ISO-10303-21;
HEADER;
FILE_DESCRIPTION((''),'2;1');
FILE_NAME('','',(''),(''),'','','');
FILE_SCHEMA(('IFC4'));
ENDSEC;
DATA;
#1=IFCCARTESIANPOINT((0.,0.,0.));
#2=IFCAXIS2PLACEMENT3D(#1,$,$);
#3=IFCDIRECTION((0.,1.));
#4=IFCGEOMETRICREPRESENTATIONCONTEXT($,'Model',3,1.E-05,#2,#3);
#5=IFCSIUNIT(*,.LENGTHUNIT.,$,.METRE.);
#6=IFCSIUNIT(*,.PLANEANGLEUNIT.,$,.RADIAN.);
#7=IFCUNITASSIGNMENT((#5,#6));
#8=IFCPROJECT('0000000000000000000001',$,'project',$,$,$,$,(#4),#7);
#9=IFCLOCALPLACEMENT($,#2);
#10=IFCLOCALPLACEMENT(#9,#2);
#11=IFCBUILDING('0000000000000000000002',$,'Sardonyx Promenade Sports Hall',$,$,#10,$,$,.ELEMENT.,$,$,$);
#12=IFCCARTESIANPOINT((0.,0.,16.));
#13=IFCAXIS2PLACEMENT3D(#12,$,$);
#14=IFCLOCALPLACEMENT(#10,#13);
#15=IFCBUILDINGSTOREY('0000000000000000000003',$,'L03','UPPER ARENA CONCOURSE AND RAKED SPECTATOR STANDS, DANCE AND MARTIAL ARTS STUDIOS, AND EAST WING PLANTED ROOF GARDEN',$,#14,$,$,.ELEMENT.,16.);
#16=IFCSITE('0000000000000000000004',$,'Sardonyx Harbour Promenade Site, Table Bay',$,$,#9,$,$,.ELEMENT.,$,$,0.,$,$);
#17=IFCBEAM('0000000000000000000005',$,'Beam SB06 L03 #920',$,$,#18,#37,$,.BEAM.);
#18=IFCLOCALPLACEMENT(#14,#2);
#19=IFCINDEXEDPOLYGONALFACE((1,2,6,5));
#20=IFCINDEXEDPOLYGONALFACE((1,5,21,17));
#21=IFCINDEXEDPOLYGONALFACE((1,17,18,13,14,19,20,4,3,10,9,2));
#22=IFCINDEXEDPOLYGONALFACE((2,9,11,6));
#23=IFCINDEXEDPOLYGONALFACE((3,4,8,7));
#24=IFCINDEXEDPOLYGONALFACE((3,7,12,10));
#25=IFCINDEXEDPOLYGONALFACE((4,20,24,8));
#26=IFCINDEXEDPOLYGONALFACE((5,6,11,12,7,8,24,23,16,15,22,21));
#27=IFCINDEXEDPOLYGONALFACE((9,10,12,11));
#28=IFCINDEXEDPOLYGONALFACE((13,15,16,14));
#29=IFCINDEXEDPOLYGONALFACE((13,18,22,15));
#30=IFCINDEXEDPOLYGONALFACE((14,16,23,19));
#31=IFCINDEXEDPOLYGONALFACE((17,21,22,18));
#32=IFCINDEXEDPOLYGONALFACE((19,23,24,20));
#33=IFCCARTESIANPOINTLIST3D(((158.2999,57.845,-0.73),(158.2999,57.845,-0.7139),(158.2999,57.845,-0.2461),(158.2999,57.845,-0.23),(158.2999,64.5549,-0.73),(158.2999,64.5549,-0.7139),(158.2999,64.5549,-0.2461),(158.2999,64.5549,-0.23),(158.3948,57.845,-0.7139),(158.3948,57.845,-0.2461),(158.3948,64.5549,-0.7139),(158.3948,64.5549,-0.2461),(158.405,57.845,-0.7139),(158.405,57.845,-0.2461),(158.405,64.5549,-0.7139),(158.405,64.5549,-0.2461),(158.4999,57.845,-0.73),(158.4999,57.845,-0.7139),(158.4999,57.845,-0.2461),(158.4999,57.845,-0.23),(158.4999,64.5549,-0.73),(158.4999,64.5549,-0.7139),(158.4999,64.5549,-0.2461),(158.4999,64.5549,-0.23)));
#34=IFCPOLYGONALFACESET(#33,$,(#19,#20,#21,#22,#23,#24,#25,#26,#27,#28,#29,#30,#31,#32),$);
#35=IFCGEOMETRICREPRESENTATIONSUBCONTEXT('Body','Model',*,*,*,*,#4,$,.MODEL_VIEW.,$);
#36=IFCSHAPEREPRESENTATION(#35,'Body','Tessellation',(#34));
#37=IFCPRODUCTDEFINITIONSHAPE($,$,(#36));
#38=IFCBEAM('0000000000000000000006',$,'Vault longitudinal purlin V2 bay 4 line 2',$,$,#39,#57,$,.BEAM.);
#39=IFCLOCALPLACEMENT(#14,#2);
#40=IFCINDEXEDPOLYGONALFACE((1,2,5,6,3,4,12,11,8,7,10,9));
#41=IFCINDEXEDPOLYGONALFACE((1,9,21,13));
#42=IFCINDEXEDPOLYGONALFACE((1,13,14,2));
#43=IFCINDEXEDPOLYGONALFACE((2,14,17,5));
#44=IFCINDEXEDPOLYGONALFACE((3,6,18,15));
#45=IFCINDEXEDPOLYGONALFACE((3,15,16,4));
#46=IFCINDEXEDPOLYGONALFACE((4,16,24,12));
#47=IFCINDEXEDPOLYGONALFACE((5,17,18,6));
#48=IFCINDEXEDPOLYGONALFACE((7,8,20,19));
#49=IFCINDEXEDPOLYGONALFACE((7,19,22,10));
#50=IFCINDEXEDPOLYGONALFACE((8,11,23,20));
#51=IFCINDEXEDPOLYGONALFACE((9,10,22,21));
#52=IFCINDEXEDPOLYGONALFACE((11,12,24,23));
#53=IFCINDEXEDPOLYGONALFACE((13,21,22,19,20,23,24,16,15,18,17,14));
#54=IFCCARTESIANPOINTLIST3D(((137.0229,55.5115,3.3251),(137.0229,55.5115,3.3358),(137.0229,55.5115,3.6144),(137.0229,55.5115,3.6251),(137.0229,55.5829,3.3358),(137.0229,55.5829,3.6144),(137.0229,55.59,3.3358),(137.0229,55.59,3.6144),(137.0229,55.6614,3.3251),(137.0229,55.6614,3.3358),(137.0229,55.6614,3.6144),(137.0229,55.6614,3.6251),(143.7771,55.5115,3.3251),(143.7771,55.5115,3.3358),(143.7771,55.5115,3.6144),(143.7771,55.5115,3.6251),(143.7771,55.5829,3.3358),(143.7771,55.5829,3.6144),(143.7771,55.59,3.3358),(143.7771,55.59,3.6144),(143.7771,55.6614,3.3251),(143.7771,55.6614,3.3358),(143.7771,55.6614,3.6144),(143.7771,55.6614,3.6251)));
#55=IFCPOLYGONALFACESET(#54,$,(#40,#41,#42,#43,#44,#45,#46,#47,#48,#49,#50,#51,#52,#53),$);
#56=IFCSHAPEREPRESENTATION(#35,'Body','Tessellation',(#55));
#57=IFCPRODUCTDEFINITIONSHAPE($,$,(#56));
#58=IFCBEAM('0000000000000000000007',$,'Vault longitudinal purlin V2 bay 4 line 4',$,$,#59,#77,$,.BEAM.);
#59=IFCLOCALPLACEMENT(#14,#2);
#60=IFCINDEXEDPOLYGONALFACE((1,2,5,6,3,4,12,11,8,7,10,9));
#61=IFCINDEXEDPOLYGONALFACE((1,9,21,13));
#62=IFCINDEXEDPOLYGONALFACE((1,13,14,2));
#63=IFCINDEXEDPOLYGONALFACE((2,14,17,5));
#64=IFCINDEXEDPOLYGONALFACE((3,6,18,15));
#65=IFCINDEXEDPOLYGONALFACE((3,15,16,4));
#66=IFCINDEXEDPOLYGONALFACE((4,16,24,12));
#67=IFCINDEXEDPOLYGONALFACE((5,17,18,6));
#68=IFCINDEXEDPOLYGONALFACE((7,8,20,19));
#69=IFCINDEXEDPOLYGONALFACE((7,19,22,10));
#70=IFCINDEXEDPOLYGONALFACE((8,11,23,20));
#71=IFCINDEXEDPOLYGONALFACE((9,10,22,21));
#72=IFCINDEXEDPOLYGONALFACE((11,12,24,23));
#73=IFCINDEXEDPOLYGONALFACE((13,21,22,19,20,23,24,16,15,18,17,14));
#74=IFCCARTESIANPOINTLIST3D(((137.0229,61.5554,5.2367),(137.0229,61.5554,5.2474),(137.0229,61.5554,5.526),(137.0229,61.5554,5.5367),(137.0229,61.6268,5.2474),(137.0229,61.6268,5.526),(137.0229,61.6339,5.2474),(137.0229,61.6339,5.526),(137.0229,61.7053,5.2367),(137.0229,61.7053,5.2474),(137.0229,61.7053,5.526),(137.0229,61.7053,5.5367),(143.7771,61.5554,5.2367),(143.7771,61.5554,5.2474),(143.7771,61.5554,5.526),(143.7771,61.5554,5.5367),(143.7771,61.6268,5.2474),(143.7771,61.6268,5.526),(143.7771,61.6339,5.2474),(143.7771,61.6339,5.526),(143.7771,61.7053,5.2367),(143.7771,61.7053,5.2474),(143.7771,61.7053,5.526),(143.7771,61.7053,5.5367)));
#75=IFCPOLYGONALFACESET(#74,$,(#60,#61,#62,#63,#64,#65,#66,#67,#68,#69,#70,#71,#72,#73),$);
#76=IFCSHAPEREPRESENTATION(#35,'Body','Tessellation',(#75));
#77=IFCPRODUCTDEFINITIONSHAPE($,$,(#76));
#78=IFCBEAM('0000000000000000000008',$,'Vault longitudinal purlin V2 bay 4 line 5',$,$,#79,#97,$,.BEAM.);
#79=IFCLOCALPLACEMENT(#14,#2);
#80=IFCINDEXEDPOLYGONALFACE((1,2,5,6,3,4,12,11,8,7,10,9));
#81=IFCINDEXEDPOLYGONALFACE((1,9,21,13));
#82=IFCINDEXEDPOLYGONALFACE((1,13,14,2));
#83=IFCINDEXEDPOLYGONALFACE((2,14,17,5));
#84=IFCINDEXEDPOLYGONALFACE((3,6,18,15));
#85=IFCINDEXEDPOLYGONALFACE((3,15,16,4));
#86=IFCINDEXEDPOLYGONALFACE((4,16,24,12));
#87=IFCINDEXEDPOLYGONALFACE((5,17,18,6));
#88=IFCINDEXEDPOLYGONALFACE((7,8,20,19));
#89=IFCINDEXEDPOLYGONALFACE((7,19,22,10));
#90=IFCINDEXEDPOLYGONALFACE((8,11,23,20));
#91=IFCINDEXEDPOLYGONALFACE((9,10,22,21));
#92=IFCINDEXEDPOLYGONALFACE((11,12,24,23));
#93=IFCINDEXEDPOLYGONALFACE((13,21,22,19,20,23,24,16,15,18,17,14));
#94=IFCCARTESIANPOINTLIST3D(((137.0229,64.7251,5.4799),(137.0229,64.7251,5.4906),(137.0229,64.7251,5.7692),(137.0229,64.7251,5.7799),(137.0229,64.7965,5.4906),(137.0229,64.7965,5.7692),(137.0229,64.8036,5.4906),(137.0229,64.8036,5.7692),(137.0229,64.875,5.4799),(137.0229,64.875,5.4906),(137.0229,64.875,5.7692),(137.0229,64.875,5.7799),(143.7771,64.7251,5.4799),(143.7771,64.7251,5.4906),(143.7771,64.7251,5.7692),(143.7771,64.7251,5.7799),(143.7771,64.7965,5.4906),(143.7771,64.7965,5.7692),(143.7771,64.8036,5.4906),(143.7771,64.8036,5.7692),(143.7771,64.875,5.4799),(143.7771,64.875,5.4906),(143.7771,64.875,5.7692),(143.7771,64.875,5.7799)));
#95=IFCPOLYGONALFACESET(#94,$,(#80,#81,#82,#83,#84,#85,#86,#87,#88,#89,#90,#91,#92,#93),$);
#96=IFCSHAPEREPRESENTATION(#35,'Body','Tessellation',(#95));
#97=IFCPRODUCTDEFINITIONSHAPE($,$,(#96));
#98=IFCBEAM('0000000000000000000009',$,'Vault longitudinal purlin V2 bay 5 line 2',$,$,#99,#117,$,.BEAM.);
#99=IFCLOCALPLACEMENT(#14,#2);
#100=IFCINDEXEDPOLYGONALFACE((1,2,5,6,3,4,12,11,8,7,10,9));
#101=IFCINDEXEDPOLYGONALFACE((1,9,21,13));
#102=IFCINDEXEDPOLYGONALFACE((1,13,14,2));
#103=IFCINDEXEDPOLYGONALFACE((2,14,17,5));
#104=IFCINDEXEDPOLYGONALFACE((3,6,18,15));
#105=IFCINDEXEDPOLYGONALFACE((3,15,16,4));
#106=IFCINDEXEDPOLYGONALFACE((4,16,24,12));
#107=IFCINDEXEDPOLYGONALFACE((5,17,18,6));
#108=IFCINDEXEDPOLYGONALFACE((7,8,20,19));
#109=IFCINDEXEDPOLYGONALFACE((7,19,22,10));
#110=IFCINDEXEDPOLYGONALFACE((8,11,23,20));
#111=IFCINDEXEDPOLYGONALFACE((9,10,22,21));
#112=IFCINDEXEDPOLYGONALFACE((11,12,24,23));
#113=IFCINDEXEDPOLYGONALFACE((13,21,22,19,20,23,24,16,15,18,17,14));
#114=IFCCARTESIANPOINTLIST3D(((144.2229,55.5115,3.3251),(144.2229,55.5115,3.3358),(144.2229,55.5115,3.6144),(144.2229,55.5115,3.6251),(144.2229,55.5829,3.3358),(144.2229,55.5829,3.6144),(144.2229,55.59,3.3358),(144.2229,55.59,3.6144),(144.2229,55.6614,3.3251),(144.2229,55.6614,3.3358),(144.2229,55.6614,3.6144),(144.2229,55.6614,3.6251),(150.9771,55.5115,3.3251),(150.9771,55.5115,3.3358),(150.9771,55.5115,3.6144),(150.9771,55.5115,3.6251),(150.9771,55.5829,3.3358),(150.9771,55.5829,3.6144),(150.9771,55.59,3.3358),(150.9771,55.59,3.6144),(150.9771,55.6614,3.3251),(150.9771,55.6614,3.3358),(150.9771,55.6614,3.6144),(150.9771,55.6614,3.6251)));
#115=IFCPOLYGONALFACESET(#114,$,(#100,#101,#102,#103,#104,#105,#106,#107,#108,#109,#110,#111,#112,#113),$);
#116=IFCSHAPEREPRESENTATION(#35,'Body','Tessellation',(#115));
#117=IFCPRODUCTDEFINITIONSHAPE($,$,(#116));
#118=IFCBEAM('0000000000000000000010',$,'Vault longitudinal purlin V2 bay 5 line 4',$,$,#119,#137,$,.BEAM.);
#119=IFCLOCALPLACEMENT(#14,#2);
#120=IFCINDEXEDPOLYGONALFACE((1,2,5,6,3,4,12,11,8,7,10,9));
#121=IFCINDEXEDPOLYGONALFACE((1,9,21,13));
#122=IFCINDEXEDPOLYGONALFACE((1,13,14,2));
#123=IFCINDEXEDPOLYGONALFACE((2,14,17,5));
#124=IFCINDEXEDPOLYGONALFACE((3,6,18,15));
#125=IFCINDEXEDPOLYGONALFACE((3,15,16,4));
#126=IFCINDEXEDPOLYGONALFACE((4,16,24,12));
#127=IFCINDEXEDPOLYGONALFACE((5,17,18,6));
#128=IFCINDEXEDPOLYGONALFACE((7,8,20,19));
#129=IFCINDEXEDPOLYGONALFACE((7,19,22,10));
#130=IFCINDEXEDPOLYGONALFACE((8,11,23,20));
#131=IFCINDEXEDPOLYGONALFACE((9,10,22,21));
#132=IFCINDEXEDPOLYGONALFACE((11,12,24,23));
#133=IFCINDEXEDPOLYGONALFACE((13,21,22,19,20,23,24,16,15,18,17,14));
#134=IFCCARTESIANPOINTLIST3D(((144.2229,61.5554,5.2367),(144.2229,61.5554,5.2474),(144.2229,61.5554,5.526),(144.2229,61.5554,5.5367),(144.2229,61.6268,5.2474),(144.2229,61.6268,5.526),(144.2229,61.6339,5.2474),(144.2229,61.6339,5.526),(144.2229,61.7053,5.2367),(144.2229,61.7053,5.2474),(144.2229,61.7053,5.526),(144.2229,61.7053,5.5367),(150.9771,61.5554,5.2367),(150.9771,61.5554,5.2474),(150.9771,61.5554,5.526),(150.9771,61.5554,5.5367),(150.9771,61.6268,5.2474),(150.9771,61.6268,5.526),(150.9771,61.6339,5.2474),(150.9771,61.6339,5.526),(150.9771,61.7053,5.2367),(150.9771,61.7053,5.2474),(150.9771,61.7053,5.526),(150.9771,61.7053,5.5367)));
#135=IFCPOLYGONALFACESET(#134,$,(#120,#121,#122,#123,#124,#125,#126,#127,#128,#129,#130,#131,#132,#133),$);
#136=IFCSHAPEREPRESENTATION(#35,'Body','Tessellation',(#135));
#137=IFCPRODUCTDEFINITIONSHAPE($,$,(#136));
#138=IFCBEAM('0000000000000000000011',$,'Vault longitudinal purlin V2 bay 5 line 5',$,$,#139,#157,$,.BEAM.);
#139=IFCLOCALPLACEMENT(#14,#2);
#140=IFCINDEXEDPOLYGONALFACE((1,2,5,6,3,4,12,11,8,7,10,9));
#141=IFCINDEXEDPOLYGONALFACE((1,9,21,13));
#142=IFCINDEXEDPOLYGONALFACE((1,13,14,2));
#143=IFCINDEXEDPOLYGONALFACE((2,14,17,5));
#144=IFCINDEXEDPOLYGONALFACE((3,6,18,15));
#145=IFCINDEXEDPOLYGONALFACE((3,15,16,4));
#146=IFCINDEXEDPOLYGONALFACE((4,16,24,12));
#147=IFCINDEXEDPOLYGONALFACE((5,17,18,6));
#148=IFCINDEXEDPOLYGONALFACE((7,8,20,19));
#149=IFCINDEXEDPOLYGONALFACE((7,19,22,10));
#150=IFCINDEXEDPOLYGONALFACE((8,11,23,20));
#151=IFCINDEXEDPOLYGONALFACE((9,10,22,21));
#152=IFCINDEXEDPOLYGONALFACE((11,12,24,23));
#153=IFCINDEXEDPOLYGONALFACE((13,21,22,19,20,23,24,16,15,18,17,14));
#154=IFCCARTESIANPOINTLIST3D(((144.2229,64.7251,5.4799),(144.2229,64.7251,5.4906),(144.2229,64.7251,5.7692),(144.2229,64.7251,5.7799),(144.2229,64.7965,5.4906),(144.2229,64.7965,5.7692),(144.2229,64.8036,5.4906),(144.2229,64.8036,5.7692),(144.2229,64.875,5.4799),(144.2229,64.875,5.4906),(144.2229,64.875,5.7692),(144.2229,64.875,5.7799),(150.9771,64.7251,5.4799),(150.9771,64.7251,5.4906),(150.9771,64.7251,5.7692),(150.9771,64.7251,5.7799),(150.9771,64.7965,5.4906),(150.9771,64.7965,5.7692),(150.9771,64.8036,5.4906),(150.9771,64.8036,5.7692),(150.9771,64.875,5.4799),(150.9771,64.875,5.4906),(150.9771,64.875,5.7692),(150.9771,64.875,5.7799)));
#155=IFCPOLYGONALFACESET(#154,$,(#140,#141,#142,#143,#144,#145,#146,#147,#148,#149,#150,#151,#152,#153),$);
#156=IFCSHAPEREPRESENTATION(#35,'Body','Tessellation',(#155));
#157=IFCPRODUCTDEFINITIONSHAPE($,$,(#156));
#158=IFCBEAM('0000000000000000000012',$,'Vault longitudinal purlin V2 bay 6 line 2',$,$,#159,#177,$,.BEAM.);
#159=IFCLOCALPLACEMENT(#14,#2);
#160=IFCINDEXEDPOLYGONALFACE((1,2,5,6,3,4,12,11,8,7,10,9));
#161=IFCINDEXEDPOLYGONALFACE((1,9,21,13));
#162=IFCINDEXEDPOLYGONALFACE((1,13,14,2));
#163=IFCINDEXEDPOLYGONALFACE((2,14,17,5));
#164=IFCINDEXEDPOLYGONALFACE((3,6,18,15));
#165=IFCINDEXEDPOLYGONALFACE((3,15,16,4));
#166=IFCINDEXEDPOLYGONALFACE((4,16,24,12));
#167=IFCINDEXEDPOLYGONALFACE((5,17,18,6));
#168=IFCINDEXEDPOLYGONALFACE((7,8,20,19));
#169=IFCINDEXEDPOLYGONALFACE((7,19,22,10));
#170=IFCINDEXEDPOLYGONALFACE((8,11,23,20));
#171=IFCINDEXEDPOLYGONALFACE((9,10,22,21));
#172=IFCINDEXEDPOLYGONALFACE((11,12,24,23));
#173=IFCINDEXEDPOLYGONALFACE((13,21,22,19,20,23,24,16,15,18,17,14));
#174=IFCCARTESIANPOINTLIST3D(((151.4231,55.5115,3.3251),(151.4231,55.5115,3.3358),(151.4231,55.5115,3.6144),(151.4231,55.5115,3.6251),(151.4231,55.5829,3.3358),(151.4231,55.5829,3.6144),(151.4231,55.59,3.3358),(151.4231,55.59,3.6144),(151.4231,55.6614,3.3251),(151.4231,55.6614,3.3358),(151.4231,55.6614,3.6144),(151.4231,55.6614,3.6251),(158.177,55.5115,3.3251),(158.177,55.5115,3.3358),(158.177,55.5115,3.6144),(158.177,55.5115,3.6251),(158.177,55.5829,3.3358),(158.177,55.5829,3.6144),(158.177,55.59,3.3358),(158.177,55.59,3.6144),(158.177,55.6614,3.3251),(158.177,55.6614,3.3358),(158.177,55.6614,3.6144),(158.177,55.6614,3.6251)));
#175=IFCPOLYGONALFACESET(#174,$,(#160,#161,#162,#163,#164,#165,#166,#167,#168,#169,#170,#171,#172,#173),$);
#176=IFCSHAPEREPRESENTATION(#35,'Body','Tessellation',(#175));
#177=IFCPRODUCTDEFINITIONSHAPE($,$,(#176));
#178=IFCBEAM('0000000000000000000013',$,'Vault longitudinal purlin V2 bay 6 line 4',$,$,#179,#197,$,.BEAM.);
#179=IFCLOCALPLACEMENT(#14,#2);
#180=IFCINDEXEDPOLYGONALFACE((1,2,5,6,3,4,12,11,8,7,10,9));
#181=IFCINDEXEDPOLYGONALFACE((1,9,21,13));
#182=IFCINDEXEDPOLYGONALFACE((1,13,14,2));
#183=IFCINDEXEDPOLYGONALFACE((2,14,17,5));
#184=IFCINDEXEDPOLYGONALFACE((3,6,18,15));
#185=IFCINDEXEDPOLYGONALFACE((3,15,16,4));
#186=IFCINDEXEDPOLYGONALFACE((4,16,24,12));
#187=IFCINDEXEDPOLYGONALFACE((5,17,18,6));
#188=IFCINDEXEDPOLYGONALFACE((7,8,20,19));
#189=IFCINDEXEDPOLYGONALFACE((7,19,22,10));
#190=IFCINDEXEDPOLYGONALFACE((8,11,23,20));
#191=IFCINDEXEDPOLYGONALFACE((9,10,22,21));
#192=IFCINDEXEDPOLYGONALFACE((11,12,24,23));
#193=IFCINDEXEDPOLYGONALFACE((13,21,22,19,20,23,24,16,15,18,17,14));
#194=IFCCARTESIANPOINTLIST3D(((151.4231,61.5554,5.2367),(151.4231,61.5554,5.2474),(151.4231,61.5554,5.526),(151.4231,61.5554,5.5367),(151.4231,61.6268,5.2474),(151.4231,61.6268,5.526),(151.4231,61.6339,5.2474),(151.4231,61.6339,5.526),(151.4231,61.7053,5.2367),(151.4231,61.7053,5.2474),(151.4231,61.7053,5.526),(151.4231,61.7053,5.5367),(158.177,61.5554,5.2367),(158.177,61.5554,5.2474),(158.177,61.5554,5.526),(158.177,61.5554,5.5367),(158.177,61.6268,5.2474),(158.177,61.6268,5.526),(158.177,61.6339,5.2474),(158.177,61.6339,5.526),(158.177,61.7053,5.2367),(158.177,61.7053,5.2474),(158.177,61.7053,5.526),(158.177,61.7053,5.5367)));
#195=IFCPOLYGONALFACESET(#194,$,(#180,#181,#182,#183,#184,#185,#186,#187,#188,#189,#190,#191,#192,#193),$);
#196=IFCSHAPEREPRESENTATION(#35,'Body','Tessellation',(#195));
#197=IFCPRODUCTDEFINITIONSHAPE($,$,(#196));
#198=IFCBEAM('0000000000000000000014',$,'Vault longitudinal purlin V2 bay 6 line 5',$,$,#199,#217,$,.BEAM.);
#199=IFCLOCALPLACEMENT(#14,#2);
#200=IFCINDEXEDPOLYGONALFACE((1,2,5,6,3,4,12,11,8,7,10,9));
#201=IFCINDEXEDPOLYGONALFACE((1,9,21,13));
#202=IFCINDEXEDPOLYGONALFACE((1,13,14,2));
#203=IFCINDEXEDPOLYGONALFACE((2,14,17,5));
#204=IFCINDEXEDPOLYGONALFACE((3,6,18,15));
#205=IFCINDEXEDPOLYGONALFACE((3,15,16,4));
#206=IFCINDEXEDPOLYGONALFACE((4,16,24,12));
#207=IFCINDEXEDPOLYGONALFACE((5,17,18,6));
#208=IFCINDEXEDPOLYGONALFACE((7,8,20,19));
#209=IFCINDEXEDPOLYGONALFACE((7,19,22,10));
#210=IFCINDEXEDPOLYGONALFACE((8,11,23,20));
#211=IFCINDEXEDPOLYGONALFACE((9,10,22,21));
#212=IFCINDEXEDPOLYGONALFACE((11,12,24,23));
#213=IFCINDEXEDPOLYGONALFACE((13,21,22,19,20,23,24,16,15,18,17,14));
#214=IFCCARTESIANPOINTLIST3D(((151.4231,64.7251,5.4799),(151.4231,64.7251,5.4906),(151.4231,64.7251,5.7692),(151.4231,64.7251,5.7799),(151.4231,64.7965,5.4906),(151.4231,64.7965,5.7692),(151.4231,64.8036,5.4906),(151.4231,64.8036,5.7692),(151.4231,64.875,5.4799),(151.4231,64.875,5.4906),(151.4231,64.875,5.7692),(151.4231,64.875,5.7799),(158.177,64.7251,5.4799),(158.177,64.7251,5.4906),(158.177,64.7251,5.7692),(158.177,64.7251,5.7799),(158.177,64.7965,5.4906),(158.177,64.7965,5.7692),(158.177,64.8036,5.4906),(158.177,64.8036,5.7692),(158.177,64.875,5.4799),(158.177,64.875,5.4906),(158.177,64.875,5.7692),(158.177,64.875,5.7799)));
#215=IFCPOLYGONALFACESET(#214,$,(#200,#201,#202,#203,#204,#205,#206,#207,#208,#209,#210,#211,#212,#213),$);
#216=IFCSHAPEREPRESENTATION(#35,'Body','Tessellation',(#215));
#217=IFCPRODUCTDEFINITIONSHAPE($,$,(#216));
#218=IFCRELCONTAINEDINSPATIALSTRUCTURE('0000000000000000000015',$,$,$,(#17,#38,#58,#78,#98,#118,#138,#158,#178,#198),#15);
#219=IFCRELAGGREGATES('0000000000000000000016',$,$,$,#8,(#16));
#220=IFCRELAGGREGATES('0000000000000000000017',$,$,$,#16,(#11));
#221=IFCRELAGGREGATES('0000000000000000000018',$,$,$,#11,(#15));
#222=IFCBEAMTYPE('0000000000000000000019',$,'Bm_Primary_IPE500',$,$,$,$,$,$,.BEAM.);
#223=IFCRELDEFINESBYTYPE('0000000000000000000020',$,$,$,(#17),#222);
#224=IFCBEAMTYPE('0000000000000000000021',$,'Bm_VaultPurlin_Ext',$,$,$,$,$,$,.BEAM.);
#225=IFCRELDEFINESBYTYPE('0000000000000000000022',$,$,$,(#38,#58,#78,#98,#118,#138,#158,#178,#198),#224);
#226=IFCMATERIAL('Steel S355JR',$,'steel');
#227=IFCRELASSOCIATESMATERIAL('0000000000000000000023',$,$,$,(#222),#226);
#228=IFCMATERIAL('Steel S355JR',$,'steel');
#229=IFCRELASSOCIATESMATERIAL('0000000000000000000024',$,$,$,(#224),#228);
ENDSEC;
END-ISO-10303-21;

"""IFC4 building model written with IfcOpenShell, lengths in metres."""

from ifc_helpers import new_model, si_unit, direction, frame, origin, origin_2d, place, context, subcontext, project, spatial, i_section, extrude, material, material_profile, profile_set, type_object, element, save


model = new_model("IFC4")

# Units and contexts
model_context = context("Model", 3, precision=1e-05, world=origin(), true_north=direction((0.0, 1.0)))
body_context = subcontext(model_context, "Body", "Model", "MODEL_VIEW")
ifc_project = project(units=[si_unit("LENGTHUNIT", "METRE"), si_unit("PLANEANGLEUNIT", "RADIAN")], contexts=[model_context])

# Site, building, storey
site_placement = place(None, origin())
site = spatial("IfcSite", under=ifc_project, at=site_placement, Name="Sardonyx Harbour Promenade Site, Table Bay", CompositionType="ELEMENT", RefElevation=0.0)
building_placement = place(site_placement, origin())
building = spatial("IfcBuilding", under=site, at=building_placement, Name="Sardonyx Promenade Sports Hall", CompositionType="ELEMENT")
storey_placement = place(building_placement, frame((0.0, 0.0, 16.0)))
storey = spatial("IfcBuildingStorey", under=building, at=storey_placement, Name="L03", Description="UPPER ARENA CONCOURSE AND RAKED SPECTATOR STANDS, DANCE AND MARTIAL ARTS STUDIOS, AND EAST WING PLANTED ROOF GARDEN", CompositionType="ELEMENT", Elevation=16.0)

# Beams
ifc_material_1 = material(Name="Steel S355JR", Category="steel")
ifc_material_profile_1 = material_profile(ifc_material_1, i_section(OverallWidth=0.2, OverallDepth=0.5, WebThickness=0.0103, FlangeThickness=0.0161, at=origin_2d()))
ifc_profile_set_1 = profile_set([ifc_material_profile_1], Name="Steel S355JR")
beam_type_1 = type_object("IfcBeamType", Name="Bm_Primary_IPE500", PredefinedType="BEAM", material=ifc_profile_set_1)
beam_1_placement = place(storey_placement, frame((158.3999, 57.845, -0.48), z_axis=(0.0, 1.0, 0.0), x_axis=(-1.0, 0.0, 0.0)))
element("IfcBeam", 1, at=beam_1_placement, inside=storey, type_object=beam_type_1, Name="Beam SB06 L03 #920", PredefinedType="BEAM", context=body_context, shape_type="SweptSolid", body=[
    extrude(i_section(OverallWidth=0.2, OverallDepth=0.5, WebThickness=0.0103, FlangeThickness=0.0161, at=origin_2d()), origin(), (0.0, 0.0, 1.0), 6.71),
])
ifc_material_2 = material(Name="Steel S355JR", Category="steel")
ifc_material_profile_2 = material_profile(ifc_material_2, i_section(OverallWidth=0.1499, OverallDepth=0.3, WebThickness=0.0071, FlangeThickness=0.0107, at=origin_2d()))
ifc_profile_set_2 = profile_set([ifc_material_profile_2], Name="Steel S355JR")
beam_type_2 = type_object("IfcBeamType", Name="Bm_VaultPurlin_Ext", PredefinedType="BEAM", material=ifc_profile_set_2)
for number, where, z_axis, x_axis, name in (
    (2, (137.0229, 55.5864, 3.4751), (1.0, 0.0, 0.0), (0.0, 1.0, 0.0), "Vault longitudinal purlin V2 bay 4 line 2"),
    (3, (137.0229, 61.6304, 5.3867), (1.0, 0.0, 0.0), (0.0, 1.0, 0.0), "Vault longitudinal purlin V2 bay 4 line 4"),
    (4, (137.0229, 64.8, 5.6299), (1.0, 0.0, 0.0), (0.0, 1.0, 0.0), "Vault longitudinal purlin V2 bay 4 line 5"),
    (5, (144.2229, 55.5864, 3.4751), (1.0, 0.0, 0.0), (0.0, 1.0, 0.0), "Vault longitudinal purlin V2 bay 5 line 2"),
    (6, (144.2229, 61.6304, 5.3867), (1.0, 0.0, 0.0), (0.0, 1.0, 0.0), "Vault longitudinal purlin V2 bay 5 line 4"),
    (7, (144.2229, 64.8, 5.6299), (1.0, 0.0, 0.0), (0.0, 1.0, 0.0), "Vault longitudinal purlin V2 bay 5 line 5"),
):
    element("IfcBeam", number, at=place(storey_placement, frame(where, z_axis=z_axis, x_axis=x_axis)), inside=storey, type_object=beam_type_2, Name=name, PredefinedType="BEAM", context=body_context, shape_type="SweptSolid", body=[
        extrude(i_section(OverallWidth=0.1499, OverallDepth=0.3, WebThickness=0.0071, FlangeThickness=0.0107, at=origin_2d()), origin(), (0.0, 0.0, 1.0), 6.7542),
    ])
for number, where, z_axis, x_axis, name in (
    (8, (151.4231, 55.5864, 3.4751), (1.0, 0.0, 0.0), (0.0, 1.0, 0.0), "Vault longitudinal purlin V2 bay 6 line 2"),
    (9, (151.4231, 61.6304, 5.3867), (1.0, 0.0, 0.0), (0.0, 1.0, 0.0), "Vault longitudinal purlin V2 bay 6 line 4"),
    (10, (151.4231, 64.8, 5.6299), (1.0, 0.0, 0.0), (0.0, 1.0, 0.0), "Vault longitudinal purlin V2 bay 6 line 5"),
):
    element("IfcBeam", number, at=place(storey_placement, frame(where, z_axis=z_axis, x_axis=x_axis)), inside=storey, type_object=beam_type_2, Name=name, PredefinedType="BEAM", context=body_context, shape_type="SweptSolid", body=[
        extrude(i_section(OverallWidth=0.1499, OverallDepth=0.3, WebThickness=0.0071, FlangeThickness=0.0107, at=origin_2d()), origin(), (0.0, 0.0, 1.0), 6.7539),
    ])

save(model, "model.ifc")
